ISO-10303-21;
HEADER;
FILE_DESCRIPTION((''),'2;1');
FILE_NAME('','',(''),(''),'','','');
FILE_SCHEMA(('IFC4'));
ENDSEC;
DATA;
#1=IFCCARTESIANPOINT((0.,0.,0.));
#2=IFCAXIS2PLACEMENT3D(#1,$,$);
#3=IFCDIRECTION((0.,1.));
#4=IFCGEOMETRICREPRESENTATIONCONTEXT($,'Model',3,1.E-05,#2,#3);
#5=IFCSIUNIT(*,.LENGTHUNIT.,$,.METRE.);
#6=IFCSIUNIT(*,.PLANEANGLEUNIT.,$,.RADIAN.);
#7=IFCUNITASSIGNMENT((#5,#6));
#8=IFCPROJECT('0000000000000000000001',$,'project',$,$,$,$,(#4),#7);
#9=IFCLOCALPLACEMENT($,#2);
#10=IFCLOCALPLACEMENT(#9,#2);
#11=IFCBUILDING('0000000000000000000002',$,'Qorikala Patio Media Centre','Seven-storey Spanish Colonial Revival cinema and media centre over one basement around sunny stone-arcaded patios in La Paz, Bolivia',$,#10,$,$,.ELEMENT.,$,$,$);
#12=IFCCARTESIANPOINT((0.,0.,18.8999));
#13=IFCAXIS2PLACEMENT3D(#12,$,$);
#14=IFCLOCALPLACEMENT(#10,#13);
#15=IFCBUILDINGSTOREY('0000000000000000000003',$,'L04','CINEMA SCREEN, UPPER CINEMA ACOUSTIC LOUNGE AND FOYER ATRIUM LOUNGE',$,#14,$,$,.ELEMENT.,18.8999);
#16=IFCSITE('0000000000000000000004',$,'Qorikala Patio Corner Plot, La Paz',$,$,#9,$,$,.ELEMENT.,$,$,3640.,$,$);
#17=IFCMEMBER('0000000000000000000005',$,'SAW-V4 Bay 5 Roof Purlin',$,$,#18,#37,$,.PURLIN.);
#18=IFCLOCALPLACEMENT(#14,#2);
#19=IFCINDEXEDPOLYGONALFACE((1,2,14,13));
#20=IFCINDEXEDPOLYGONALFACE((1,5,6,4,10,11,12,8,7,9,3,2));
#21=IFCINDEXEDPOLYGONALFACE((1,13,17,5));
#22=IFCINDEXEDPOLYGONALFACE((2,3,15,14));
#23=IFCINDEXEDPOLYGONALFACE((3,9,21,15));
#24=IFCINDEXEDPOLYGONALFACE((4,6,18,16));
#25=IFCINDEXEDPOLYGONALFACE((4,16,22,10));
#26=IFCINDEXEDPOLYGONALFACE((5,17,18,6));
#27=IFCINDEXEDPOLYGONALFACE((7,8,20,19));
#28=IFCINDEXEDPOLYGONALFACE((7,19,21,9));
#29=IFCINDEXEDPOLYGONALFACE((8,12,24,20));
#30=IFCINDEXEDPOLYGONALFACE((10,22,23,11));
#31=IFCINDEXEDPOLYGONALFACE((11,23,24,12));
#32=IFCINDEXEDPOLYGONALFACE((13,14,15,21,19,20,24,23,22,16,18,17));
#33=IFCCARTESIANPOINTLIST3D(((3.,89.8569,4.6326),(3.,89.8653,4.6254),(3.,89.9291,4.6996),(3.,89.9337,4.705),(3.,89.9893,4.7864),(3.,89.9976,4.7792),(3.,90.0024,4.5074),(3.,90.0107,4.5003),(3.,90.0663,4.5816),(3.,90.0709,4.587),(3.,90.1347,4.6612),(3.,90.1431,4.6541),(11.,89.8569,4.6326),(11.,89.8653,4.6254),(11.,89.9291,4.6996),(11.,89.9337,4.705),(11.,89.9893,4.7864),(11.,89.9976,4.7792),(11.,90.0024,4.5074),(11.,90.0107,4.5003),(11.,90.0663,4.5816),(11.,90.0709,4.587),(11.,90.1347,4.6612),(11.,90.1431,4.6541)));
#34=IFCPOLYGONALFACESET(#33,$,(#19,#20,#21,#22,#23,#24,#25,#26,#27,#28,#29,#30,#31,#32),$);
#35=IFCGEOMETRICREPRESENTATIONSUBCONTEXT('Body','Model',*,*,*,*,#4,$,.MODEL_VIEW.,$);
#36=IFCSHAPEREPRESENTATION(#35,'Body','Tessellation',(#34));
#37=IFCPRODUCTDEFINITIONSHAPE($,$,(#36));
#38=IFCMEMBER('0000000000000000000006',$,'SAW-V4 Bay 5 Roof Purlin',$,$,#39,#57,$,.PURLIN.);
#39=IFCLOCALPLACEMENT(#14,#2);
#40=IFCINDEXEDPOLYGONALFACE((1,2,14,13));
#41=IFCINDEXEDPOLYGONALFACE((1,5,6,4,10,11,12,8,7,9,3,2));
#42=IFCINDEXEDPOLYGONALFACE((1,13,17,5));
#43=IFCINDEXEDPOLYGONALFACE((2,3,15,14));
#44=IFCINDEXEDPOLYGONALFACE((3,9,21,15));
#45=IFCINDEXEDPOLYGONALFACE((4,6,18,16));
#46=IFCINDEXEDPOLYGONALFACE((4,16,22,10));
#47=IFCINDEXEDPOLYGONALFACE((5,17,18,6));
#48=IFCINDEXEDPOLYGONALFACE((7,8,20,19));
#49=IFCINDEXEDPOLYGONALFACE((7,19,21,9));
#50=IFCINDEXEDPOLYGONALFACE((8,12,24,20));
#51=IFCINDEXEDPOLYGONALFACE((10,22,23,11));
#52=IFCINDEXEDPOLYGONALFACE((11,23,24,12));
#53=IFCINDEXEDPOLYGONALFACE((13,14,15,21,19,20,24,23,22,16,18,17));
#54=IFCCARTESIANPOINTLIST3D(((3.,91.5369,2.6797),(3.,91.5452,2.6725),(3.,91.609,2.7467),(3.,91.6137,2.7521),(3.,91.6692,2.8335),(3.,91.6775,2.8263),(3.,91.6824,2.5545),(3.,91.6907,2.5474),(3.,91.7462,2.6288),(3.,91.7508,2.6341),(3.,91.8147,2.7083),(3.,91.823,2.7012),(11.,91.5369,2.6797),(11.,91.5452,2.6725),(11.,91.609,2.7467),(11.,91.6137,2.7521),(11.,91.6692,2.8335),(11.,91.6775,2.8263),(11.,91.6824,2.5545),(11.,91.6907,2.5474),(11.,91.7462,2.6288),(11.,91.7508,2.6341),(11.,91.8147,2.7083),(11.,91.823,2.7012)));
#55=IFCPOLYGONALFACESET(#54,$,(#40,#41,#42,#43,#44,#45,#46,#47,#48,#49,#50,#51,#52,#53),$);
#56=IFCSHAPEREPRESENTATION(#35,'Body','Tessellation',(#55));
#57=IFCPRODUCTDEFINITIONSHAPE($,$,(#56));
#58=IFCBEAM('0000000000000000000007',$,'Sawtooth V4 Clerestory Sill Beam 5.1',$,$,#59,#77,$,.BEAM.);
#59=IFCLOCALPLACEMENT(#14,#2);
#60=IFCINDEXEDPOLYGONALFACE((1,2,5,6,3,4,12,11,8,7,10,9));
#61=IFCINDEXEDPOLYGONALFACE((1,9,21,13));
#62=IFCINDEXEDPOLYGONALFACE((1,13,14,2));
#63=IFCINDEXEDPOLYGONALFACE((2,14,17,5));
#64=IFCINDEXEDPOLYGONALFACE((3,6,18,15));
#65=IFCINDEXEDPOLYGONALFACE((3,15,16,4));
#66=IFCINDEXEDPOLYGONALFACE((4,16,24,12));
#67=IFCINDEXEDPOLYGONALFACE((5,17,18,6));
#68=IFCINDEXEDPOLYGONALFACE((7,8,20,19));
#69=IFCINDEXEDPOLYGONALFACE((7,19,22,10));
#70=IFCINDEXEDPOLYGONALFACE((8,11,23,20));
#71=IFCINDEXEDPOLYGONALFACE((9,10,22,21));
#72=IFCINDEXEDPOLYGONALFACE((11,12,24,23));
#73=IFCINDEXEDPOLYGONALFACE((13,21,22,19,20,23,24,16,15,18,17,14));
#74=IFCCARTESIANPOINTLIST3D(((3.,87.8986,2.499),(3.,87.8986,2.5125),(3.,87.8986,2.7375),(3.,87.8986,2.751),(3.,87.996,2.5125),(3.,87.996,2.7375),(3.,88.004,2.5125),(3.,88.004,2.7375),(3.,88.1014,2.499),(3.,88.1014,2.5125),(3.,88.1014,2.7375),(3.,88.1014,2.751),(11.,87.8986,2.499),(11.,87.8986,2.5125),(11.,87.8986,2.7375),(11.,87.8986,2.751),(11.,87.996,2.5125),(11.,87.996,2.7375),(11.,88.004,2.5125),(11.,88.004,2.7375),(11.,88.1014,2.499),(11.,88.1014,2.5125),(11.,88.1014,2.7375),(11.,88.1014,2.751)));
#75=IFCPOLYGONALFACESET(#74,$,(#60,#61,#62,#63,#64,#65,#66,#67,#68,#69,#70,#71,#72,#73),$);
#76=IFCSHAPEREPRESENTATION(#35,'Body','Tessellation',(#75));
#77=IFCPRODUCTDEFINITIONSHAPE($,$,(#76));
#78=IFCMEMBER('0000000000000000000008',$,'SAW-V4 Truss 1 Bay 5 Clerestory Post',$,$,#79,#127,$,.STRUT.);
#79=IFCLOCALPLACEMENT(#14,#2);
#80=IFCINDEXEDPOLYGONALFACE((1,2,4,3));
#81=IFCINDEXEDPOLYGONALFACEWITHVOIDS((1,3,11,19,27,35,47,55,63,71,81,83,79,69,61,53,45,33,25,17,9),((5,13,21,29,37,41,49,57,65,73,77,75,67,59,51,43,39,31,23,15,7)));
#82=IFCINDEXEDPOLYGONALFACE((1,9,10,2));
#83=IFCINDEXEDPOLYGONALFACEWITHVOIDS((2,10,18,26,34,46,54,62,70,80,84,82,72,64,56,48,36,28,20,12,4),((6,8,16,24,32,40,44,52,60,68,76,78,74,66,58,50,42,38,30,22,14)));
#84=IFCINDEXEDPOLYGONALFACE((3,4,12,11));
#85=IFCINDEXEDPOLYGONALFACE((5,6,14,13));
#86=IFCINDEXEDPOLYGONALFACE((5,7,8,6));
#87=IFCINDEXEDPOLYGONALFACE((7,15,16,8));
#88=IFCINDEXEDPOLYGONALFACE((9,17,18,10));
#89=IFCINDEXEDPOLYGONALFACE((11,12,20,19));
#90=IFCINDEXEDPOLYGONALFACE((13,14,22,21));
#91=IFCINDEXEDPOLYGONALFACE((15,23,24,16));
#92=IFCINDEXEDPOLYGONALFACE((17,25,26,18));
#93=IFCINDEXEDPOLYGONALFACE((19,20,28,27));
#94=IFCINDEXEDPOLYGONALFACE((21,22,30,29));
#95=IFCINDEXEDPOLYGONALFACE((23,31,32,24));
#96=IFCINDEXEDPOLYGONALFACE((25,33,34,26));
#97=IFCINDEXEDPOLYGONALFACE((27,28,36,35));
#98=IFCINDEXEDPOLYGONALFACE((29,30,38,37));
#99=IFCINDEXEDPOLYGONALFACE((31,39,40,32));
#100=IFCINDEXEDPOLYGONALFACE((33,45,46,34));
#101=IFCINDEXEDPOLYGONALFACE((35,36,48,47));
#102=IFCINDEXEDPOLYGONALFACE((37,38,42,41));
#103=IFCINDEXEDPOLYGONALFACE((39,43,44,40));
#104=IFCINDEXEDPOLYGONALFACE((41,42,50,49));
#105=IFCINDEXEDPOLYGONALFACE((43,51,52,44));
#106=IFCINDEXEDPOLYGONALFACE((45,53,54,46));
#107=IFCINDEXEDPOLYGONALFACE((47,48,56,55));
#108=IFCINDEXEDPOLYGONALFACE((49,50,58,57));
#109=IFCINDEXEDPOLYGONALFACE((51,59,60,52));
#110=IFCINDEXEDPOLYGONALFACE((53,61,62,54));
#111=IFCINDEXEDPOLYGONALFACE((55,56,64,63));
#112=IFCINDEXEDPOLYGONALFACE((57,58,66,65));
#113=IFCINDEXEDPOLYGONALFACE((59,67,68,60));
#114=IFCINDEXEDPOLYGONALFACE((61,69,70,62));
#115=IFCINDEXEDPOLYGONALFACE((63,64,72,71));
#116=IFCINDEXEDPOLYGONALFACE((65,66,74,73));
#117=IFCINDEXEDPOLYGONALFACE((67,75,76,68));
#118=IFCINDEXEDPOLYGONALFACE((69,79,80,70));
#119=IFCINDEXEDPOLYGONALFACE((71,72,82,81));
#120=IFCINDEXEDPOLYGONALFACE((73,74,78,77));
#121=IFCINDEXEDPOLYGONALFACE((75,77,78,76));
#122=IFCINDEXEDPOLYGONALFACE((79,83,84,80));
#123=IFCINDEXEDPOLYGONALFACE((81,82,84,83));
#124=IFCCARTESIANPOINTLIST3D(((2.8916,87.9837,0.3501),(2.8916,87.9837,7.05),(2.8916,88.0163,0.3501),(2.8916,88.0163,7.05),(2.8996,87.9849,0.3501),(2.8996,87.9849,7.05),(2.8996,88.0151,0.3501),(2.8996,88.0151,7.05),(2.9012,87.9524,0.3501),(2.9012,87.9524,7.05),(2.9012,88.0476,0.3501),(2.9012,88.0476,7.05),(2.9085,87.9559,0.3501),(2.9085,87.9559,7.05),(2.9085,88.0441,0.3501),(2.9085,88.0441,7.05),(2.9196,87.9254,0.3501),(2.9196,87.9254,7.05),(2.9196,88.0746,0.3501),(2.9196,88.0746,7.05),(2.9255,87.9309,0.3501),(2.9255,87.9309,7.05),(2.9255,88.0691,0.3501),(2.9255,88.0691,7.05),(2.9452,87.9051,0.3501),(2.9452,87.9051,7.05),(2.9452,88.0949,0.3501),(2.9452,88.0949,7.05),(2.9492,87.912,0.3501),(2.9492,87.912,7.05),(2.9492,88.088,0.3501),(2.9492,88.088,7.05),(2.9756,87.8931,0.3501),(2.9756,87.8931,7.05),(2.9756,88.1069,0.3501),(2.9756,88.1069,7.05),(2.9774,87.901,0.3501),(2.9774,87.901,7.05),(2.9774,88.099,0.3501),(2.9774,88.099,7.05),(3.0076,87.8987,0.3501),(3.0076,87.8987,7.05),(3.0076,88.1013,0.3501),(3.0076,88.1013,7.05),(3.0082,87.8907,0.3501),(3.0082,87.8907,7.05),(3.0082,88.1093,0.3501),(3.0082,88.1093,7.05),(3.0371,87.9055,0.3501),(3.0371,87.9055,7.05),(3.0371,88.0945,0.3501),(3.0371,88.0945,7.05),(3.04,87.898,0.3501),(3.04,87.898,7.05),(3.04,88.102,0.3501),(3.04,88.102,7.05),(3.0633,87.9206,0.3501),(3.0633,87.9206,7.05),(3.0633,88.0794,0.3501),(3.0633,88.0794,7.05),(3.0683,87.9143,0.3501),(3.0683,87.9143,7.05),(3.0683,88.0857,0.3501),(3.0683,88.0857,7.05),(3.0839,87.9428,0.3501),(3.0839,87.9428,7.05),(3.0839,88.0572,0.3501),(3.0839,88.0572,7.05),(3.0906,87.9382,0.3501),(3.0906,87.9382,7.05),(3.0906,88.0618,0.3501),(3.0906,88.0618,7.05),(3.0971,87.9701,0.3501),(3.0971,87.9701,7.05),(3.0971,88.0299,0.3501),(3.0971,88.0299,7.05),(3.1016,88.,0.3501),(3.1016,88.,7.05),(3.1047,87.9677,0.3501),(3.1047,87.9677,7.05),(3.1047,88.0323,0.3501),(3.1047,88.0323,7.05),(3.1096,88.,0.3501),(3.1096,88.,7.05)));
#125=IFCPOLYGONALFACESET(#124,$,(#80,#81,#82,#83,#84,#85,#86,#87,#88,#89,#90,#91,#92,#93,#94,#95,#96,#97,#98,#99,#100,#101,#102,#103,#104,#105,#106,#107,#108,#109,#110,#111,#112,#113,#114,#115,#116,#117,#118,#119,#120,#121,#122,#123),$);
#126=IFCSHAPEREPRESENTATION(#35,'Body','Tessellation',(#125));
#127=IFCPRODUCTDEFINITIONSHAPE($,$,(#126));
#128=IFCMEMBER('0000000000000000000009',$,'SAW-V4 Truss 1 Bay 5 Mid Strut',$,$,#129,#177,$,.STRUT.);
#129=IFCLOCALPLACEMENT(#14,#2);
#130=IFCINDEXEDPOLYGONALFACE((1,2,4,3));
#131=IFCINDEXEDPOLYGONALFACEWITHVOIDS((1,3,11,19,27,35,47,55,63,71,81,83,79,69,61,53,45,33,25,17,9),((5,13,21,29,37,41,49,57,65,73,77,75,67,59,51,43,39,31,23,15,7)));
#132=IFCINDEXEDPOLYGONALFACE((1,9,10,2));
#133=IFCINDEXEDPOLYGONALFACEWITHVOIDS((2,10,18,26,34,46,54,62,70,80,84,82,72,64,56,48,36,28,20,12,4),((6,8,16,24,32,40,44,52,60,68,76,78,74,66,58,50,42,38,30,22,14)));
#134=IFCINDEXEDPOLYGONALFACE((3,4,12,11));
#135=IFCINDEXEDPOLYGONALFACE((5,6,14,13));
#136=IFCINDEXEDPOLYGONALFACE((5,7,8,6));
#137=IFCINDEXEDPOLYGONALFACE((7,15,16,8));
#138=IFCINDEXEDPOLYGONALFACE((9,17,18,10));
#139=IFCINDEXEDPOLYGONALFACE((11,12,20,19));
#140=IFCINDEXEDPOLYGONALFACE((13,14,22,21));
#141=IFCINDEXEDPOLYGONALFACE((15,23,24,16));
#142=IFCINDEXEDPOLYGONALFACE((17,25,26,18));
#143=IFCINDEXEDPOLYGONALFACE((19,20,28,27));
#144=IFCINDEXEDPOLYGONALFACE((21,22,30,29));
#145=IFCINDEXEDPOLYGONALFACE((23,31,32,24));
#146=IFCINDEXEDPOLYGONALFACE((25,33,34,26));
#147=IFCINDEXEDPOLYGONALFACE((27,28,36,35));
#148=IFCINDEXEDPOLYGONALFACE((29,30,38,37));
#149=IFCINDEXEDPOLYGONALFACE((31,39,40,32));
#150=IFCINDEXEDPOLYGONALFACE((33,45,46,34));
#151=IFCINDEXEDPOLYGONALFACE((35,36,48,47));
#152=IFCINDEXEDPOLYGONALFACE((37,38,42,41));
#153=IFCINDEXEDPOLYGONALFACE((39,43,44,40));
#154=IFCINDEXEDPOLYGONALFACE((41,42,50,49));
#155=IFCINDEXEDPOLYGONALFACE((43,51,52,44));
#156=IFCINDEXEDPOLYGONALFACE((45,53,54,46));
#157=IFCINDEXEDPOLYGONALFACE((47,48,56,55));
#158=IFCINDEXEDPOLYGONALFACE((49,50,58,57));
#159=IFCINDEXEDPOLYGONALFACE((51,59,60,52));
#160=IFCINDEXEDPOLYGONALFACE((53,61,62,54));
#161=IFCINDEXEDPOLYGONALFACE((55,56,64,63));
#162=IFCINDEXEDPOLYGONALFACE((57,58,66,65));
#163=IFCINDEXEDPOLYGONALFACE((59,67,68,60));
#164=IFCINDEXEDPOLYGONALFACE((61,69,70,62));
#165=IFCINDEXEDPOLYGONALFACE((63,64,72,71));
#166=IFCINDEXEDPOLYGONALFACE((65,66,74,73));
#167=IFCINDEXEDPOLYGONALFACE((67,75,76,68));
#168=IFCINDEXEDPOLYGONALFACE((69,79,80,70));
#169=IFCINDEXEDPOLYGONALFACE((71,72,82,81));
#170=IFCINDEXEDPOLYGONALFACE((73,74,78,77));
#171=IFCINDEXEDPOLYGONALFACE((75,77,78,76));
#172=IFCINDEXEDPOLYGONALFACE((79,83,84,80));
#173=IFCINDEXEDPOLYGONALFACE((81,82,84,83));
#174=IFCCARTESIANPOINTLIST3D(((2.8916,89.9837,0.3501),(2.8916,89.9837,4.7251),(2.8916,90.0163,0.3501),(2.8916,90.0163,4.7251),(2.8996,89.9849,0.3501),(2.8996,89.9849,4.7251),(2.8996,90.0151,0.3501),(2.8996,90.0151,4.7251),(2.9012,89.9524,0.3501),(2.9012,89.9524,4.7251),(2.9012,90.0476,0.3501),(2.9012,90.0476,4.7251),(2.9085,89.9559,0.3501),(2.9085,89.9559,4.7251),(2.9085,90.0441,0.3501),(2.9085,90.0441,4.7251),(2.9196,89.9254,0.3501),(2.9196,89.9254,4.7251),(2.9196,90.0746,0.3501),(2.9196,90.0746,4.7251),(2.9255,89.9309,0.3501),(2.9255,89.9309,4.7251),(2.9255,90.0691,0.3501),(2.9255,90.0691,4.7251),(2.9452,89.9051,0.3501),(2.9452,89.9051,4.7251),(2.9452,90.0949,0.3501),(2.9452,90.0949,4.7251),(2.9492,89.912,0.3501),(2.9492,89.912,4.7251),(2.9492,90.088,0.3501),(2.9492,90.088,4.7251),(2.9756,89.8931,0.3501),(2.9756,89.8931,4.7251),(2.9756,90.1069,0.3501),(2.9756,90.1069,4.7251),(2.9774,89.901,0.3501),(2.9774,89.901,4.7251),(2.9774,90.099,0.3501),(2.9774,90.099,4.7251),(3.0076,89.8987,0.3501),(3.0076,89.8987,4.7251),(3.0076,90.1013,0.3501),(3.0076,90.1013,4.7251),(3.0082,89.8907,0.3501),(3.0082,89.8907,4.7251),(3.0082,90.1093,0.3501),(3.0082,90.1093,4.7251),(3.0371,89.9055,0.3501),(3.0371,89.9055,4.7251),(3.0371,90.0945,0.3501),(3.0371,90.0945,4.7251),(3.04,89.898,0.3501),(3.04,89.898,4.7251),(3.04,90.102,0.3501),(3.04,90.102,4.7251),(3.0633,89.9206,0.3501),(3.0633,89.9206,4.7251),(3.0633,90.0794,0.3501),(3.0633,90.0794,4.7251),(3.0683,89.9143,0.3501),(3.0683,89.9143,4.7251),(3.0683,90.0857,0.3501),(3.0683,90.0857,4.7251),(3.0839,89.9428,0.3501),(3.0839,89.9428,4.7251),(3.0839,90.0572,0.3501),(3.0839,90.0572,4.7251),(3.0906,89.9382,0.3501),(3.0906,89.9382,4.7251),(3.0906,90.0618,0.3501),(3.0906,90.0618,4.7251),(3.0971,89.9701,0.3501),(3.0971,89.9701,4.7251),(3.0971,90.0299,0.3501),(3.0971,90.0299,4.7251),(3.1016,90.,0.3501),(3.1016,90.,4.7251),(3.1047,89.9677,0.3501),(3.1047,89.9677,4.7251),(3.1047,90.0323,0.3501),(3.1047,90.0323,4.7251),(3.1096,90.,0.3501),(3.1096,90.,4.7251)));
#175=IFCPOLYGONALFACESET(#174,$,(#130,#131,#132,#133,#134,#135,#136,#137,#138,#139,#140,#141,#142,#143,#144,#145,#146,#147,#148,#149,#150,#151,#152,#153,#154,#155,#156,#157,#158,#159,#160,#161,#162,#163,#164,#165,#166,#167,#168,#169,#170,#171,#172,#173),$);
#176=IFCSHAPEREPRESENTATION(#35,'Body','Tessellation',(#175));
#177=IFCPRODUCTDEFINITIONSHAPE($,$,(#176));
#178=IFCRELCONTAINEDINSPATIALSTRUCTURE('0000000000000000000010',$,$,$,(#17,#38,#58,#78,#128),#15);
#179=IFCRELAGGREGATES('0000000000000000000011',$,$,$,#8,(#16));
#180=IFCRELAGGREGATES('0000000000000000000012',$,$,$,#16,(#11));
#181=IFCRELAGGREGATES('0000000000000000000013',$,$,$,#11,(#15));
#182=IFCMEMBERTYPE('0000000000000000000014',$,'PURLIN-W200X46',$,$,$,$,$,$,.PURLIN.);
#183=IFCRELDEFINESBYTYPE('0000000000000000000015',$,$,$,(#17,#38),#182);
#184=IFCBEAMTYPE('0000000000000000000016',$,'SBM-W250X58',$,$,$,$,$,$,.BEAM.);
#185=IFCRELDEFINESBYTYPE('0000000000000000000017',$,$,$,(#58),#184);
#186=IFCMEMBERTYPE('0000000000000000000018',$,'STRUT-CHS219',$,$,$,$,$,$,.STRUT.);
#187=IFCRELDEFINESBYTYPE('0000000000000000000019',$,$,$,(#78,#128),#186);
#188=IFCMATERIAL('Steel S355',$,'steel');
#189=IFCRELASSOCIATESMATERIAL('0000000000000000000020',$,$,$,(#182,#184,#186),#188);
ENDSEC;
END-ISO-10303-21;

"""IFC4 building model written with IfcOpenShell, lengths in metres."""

from ifc_helpers import new_model, si_unit, direction, frame, origin, origin_2d, place, context, subcontext, project, spatial, hollow_circle, i_section, extrude, material, material_profile, profile_set, type_object, element, save


model = new_model("IFC4")

# Units and contexts
model_context = context("Model", 3, precision=1e-05, world=origin(), true_north=direction((0.0, 1.0)))
body_context = subcontext(model_context, "Body", "Model", "MODEL_VIEW")
ifc_project = project(units=[si_unit("LENGTHUNIT", "METRE"), si_unit("PLANEANGLEUNIT", "RADIAN")], contexts=[model_context])

# Site, building, storey
site_placement = place(None, origin())
site = spatial("IfcSite", under=ifc_project, at=site_placement, Name="Qorikala Patio Corner Plot, La Paz", CompositionType="ELEMENT", RefElevation=3640.0)
building_placement = place(site_placement, origin())
building = spatial("IfcBuilding", under=site, at=building_placement, Name="Qorikala Patio Media Centre", Description="Seven-storey Spanish Colonial Revival cinema and media centre over one basement around sunny stone-arcaded patios in La Paz, Bolivia", CompositionType="ELEMENT")
storey_placement = place(building_placement, frame((0.0, 0.0, 18.8999)))
storey = spatial("IfcBuildingStorey", under=building, at=storey_placement, Name="L04", Description="CINEMA SCREEN, UPPER CINEMA ACOUSTIC LOUNGE AND FOYER ATRIUM LOUNGE", CompositionType="ELEMENT", Elevation=18.8999)

# Shared definitions
ifc_material_1 = material(Name="Steel S355", Category="steel")

# Members
ifc_material_profile_1 = material_profile(ifc_material_1, i_section(OverallWidth=0.2029, OverallDepth=0.2029, WebThickness=0.0071, FlangeThickness=0.011, at=origin_2d()), Name="W200X46")
ifc_profile_set_1 = profile_set([ifc_material_profile_1], Name="Steel S355")
member_type_1 = type_object("IfcMemberType", Name="PURLIN-W200X46", PredefinedType="PURLIN", material=ifc_profile_set_1)
for number, where, z_axis, x_axis, name in (
    (1, (3.0, 90.0, 4.6433), (1.0, 0.0, 0.0), (0.0, 0.652138, 0.7581), "SAW-V4 Bay 5 Roof Purlin"),
    (2, (3.0, 91.6799, 2.6904), (1.0, 0.0, 0.0), (0.0, 0.652138, 0.7581), "SAW-V4 Bay 5 Roof Purlin"),
):
    element("IfcMember", number, at=place(storey_placement, frame(where, z_axis=z_axis, x_axis=x_axis)), inside=storey, type_object=member_type_1, Name=name, PredefinedType="PURLIN", context=body_context, shape_type="SweptSolid", body=[
        extrude(i_section(OverallWidth=0.2029, OverallDepth=0.2029, WebThickness=0.0071, FlangeThickness=0.011, at=origin_2d()), origin(), (0.0, 0.0, 1.0), 8.0),
    ])

# Beam
ifc_material_profile_2 = material_profile(ifc_material_1, i_section(OverallWidth=0.2029, OverallDepth=0.252, WebThickness=0.0081, FlangeThickness=0.0134, at=origin_2d()), Name="W250X58")
ifc_profile_set_2 = profile_set([ifc_material_profile_2], Name="Steel S355")
beam_type = type_object("IfcBeamType", Name="SBM-W250X58", PredefinedType="BEAM", material=ifc_profile_set_2)
beam_placement = place(storey_placement, frame((3.0, 88.0, 2.625), z_axis=(1.0, 0.0, 0.0), x_axis=(0.0, 1.0, 0.0)))
element("IfcBeam", 3, at=beam_placement, inside=storey, type_object=beam_type, Name="Sawtooth V4 Clerestory Sill Beam 5.1", PredefinedType="BEAM", context=body_context, shape_type="SweptSolid", body=[
    extrude(i_section(OverallWidth=0.2029, OverallDepth=0.252, WebThickness=0.0081, FlangeThickness=0.0134, at=origin_2d()), origin(), (0.0, 0.0, 1.0), 8.0),
])

# Members
ifc_material_profile_3 = material_profile(ifc_material_1, hollow_circle(Radius=0.1096, WallThickness=0.0081, at=origin_2d()), Name="CHS219X8")
ifc_profile_set_3 = profile_set([ifc_material_profile_3], Name="Steel S355")
member_type_2 = type_object("IfcMemberType", Name="STRUT-CHS219", PredefinedType="STRUT", material=ifc_profile_set_3)
member_1_placement = place(storey_placement, frame((3.0, 88.0, 0.3501), z_axis=(0.0, 0.0, 1.0), x_axis=(1.0, 0.0, 0.0)))
element("IfcMember", 4, at=member_1_placement, inside=storey, type_object=member_type_2, Name="SAW-V4 Truss 1 Bay 5 Clerestory Post", PredefinedType="STRUT", context=body_context, shape_type="SweptSolid", body=[
    extrude(hollow_circle(Radius=0.1096, WallThickness=0.0081, at=origin_2d()), origin(), (0.0, 0.0, 1.0), 6.7),
])
member_2_placement = place(storey_placement, frame((3.0, 90.0, 0.3501), z_axis=(0.0, 0.0, 1.0), x_axis=(1.0, 0.0, 0.0)))
element("IfcMember", 5, at=member_2_placement, inside=storey, type_object=member_type_2, Name="SAW-V4 Truss 1 Bay 5 Mid Strut", PredefinedType="STRUT", context=body_context, shape_type="SweptSolid", body=[
    extrude(hollow_circle(Radius=0.1096, WallThickness=0.0081, at=origin_2d()), origin(), (0.0, 0.0, 1.0), 4.375),
])

save(model, "model.ifc")
